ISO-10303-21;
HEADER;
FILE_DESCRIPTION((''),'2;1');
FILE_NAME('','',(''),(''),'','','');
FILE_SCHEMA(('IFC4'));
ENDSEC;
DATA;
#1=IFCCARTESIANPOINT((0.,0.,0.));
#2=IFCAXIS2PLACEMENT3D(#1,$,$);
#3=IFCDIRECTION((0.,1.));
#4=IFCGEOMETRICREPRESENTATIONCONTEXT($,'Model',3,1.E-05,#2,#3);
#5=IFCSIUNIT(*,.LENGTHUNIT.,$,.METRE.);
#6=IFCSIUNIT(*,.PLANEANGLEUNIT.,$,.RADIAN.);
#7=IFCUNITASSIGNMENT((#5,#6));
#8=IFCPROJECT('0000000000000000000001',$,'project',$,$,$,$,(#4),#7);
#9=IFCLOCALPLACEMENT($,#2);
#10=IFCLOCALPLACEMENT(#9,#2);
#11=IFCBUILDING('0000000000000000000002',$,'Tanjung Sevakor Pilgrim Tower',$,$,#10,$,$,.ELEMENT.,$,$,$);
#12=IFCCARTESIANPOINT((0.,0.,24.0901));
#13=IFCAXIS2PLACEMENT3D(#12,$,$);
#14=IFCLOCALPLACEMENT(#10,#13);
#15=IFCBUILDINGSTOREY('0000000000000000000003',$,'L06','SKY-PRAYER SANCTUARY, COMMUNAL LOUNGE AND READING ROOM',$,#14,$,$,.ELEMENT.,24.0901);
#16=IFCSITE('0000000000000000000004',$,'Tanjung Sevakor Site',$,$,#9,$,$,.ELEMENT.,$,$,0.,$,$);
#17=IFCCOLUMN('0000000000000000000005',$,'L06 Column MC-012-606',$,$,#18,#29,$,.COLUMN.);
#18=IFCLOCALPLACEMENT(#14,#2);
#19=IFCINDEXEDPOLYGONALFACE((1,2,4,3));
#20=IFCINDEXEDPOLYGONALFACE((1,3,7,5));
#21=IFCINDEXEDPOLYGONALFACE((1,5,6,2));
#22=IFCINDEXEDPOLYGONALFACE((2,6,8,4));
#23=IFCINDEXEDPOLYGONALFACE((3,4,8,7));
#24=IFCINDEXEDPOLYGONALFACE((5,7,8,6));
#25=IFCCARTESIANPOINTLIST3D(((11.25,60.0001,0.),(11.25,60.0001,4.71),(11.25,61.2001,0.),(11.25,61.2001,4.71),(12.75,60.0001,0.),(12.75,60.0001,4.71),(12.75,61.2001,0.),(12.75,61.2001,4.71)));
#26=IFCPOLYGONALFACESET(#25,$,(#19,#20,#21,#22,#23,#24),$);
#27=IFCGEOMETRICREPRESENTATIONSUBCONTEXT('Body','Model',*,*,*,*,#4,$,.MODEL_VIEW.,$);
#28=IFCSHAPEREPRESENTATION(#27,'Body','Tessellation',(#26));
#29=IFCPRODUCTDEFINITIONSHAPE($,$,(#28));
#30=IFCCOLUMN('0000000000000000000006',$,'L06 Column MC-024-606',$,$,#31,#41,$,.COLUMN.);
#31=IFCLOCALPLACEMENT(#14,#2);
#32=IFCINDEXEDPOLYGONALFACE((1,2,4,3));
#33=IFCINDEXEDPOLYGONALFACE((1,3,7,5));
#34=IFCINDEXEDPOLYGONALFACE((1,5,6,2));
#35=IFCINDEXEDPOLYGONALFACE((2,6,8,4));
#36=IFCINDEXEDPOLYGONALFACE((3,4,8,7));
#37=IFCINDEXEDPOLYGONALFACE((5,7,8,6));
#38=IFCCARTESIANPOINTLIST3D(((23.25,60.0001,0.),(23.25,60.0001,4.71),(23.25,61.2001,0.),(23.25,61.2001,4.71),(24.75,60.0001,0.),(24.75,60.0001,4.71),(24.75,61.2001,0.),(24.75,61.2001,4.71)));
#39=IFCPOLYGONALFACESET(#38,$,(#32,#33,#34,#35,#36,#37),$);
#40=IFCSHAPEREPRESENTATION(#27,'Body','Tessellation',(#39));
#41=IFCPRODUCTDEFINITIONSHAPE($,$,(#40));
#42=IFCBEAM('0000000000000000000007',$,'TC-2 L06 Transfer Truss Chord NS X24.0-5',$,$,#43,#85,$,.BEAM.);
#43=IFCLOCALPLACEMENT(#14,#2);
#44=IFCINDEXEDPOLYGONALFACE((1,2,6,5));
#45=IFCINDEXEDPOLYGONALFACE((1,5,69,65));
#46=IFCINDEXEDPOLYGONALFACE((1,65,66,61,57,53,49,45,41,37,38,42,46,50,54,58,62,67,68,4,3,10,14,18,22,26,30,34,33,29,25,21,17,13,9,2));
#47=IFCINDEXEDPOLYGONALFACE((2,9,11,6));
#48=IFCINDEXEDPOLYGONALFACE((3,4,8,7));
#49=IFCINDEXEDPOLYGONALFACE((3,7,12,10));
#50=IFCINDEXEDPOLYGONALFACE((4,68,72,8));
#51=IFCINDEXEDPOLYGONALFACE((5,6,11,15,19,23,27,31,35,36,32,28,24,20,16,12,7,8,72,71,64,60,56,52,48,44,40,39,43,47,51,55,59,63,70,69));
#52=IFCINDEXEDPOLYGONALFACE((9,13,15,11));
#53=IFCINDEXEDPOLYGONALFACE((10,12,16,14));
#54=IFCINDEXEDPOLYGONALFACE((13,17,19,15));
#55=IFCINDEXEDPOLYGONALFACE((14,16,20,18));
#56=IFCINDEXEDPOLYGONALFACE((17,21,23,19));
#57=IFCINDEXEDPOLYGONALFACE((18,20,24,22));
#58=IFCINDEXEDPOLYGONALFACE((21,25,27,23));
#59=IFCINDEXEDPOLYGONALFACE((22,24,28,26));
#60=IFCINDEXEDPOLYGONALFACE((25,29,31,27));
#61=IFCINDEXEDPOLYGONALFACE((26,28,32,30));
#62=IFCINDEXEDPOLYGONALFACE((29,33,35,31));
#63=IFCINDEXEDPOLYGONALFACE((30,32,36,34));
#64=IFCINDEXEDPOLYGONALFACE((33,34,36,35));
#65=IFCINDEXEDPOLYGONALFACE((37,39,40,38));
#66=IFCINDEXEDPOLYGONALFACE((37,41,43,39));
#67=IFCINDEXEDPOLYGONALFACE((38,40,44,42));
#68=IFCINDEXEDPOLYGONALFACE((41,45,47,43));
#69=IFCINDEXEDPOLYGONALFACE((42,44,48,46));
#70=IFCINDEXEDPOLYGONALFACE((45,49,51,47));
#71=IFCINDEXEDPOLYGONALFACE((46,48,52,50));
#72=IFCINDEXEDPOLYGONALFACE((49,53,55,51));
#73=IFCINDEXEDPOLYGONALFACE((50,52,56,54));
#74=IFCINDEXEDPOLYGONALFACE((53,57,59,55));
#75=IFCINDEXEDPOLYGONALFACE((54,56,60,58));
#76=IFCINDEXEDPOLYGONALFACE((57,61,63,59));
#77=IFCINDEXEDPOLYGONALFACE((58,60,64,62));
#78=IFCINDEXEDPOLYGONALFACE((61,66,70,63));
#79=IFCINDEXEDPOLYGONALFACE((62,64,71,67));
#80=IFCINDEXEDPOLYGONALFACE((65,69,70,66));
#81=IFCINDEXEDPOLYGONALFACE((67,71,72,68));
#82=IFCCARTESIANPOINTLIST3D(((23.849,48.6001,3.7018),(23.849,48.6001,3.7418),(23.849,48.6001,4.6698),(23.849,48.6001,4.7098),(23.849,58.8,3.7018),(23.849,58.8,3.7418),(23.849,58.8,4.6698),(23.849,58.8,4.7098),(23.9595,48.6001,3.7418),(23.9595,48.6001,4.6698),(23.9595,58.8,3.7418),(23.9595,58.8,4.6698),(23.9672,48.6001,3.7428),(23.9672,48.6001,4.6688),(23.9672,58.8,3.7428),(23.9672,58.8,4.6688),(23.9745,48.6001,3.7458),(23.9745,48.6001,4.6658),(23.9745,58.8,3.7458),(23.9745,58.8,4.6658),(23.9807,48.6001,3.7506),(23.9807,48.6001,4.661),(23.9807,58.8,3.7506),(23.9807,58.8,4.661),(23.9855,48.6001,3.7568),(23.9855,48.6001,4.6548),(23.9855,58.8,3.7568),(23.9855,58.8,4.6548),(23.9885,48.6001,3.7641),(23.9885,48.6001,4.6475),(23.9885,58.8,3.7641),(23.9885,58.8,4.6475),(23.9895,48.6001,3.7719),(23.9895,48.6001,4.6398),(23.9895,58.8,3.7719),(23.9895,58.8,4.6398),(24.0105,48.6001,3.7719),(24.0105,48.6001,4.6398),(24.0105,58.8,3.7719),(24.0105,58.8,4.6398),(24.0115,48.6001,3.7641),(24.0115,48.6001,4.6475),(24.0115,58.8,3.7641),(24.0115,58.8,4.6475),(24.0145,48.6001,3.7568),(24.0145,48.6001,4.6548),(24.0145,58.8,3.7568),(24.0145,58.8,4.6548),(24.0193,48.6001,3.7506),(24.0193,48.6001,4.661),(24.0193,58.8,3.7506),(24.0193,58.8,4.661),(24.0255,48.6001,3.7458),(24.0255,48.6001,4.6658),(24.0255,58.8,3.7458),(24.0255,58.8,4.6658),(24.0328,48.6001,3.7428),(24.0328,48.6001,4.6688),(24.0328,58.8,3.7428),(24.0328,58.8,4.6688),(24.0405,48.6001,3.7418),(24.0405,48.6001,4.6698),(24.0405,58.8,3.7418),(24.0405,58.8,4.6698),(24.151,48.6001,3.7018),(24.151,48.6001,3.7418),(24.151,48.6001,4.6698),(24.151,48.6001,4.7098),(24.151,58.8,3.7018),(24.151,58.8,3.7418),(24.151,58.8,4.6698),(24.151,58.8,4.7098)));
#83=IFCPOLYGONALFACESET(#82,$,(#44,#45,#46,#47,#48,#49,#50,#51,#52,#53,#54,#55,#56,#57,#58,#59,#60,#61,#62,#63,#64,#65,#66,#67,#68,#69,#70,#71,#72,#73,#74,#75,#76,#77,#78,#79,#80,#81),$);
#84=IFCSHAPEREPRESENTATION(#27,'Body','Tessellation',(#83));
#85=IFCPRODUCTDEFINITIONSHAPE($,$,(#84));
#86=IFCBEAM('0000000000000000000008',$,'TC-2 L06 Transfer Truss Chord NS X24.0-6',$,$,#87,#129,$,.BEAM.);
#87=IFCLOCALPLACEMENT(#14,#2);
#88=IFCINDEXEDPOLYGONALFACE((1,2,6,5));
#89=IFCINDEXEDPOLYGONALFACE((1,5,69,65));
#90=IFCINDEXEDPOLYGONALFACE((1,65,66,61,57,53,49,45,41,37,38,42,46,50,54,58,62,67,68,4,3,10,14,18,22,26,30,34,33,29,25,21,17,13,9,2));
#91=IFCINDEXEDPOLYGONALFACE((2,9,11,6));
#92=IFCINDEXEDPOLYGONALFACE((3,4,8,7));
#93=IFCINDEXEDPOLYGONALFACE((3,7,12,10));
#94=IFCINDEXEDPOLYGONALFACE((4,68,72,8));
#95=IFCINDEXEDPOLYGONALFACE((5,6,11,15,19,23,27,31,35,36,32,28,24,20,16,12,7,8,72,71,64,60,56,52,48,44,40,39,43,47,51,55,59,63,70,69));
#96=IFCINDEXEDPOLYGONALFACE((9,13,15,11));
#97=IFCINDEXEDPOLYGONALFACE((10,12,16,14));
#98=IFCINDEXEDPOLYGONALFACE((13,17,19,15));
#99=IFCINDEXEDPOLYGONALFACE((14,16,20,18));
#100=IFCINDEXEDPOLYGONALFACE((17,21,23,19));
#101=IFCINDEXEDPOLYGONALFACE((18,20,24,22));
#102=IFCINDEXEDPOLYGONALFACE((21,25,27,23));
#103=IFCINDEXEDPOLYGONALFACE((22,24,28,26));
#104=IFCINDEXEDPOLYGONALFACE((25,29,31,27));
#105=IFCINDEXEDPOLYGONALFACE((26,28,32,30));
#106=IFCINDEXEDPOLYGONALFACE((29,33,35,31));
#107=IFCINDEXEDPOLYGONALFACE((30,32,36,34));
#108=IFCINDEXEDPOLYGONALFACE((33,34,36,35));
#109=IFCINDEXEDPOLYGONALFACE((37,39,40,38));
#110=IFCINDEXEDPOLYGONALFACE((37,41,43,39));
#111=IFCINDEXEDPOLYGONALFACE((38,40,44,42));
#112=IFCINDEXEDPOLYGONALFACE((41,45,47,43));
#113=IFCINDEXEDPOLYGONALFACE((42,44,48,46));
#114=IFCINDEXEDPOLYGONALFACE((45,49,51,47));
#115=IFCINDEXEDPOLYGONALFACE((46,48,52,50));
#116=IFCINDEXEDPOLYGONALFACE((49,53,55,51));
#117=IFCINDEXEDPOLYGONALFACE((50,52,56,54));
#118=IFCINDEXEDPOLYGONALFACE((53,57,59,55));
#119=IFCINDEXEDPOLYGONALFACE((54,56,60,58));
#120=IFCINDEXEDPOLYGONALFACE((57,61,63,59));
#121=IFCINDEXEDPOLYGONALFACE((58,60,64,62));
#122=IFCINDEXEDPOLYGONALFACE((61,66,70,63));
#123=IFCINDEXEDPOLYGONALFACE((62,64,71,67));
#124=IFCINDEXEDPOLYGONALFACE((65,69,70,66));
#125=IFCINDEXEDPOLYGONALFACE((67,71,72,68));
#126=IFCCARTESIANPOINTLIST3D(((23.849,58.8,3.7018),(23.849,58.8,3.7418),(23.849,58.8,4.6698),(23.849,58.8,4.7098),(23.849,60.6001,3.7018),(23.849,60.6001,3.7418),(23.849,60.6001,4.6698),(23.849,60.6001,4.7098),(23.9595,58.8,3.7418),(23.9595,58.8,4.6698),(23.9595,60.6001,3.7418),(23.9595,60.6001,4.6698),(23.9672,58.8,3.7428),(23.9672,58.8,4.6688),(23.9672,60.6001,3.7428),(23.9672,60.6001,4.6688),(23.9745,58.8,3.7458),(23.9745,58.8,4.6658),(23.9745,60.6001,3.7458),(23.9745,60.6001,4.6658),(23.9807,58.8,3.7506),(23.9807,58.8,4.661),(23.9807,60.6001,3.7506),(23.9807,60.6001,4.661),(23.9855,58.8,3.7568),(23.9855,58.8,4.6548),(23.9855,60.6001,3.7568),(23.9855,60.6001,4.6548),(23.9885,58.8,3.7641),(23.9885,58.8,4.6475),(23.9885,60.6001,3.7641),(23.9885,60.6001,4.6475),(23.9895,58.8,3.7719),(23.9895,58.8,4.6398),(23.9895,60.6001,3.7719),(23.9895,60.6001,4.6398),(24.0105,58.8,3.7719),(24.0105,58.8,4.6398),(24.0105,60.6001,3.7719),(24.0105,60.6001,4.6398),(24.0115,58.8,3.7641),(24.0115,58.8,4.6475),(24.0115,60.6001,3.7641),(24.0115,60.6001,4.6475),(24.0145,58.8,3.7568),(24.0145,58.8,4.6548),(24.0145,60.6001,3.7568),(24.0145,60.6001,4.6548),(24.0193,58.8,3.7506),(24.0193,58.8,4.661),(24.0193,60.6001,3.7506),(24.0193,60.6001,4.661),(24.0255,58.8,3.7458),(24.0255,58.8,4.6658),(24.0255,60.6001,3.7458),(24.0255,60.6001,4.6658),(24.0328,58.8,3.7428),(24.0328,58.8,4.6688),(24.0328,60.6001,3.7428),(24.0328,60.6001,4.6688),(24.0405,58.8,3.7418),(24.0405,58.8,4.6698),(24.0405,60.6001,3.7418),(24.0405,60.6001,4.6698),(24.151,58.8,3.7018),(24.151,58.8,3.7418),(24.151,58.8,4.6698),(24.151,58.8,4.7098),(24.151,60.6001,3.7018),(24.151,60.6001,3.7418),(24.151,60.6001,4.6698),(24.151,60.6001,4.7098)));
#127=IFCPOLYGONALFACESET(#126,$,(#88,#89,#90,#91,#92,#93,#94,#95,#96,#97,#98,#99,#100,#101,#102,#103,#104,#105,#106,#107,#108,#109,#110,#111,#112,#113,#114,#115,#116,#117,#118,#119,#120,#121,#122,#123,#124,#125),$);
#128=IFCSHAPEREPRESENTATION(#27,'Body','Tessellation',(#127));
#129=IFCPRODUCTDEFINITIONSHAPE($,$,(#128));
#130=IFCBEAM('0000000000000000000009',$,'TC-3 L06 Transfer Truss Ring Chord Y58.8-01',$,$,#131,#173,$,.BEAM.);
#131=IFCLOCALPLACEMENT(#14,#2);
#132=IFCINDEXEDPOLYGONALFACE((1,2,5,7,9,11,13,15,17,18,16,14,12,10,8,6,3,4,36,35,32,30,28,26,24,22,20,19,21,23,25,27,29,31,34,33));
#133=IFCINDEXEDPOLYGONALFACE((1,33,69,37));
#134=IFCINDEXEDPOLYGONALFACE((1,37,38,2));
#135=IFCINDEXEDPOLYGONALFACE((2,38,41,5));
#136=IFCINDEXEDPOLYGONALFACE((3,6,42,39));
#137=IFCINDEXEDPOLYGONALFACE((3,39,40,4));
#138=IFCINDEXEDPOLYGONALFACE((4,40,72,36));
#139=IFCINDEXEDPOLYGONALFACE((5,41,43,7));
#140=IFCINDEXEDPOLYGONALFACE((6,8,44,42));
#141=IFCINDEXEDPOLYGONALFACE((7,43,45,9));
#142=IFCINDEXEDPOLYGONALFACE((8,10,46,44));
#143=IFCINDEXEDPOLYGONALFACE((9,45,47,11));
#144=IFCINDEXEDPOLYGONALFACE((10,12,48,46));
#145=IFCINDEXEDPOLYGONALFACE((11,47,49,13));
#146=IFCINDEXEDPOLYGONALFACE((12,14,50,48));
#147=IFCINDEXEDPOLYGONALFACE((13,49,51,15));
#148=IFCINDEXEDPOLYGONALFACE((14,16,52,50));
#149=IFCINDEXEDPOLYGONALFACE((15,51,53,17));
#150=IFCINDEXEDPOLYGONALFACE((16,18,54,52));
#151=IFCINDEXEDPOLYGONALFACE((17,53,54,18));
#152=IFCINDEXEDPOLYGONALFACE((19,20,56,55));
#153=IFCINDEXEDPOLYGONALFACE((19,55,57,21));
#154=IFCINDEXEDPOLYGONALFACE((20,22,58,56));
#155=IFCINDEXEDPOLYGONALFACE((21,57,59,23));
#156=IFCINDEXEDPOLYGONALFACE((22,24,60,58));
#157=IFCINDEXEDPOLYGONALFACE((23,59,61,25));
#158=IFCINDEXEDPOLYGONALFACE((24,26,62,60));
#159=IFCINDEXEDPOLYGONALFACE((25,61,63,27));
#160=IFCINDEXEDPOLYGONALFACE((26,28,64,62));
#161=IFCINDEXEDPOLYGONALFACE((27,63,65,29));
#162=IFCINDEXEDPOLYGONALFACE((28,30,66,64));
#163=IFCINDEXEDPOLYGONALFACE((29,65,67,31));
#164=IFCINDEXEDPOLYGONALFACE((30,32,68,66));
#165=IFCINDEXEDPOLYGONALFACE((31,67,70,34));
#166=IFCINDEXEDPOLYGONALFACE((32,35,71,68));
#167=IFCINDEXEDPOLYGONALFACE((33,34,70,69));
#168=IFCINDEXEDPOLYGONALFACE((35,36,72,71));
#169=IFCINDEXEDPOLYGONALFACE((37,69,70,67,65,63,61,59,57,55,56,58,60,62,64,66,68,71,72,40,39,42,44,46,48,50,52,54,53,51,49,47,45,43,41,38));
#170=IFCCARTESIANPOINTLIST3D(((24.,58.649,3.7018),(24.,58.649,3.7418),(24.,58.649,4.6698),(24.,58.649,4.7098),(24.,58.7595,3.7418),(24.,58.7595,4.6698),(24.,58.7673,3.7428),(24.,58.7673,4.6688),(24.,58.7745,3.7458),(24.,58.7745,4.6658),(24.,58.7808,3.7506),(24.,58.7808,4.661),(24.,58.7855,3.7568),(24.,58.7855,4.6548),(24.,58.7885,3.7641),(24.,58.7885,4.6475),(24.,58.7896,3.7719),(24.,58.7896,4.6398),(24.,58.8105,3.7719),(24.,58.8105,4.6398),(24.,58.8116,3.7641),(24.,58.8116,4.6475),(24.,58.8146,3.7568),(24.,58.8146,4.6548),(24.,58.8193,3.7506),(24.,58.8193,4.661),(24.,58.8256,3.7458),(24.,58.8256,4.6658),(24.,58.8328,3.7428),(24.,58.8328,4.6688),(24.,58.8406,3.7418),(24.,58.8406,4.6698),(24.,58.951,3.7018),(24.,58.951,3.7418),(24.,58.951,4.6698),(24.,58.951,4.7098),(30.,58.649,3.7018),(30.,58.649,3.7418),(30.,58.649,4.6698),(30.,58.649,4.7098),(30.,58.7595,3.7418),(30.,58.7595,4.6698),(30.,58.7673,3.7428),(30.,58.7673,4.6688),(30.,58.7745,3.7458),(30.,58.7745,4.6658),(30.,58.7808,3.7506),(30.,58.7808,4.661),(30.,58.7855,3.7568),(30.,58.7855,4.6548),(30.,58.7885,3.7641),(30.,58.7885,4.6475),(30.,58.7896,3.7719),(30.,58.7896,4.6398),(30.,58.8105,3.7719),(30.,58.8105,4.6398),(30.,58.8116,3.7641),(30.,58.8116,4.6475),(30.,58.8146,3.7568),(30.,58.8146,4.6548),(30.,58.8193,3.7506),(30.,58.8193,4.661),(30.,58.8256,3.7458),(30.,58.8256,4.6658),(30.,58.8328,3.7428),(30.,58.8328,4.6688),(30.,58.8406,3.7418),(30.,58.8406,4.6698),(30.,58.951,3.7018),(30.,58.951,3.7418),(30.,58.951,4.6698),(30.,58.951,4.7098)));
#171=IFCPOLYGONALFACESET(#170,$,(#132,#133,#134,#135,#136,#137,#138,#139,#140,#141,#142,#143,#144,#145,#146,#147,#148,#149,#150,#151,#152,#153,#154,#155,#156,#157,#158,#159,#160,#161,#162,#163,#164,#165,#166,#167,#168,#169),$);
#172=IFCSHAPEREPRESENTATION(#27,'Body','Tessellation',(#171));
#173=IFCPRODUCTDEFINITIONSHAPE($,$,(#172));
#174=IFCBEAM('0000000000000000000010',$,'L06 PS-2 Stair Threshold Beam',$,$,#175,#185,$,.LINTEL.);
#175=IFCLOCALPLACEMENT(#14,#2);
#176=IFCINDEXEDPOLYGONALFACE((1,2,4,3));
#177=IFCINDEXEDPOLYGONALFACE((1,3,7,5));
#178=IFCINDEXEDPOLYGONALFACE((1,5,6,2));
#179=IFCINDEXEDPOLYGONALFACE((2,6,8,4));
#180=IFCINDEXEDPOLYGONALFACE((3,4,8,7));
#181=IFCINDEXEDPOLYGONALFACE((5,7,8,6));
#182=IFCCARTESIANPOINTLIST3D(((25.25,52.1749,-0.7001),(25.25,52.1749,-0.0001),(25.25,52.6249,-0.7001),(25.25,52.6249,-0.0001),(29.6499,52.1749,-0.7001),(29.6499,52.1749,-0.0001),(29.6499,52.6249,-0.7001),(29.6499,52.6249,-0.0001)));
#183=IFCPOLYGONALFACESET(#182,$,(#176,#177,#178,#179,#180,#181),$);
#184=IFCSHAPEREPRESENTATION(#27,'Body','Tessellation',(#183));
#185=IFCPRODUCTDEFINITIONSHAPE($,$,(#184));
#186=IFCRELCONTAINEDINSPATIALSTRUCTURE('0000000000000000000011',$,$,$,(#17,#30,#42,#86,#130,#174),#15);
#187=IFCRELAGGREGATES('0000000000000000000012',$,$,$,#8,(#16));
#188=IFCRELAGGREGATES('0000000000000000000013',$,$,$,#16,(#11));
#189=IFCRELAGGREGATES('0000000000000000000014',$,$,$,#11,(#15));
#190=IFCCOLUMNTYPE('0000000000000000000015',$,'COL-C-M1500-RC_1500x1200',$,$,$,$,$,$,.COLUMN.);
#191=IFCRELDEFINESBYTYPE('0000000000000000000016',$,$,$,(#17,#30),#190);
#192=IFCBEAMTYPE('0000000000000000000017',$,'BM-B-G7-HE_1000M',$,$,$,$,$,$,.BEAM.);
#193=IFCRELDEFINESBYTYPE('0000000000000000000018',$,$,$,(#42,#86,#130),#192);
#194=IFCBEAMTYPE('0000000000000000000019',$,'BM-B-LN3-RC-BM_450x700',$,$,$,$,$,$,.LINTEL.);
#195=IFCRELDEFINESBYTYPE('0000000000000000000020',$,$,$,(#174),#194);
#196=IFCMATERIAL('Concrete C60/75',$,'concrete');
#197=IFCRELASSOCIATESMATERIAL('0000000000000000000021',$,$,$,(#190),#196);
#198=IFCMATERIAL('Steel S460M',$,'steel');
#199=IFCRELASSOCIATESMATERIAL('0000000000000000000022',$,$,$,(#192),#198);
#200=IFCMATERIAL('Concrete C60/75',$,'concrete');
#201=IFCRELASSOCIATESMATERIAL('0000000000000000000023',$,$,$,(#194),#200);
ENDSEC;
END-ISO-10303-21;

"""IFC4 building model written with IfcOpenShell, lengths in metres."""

from ifc_helpers import new_model, si_unit, direction, frame, origin, origin_2d, place, context, subcontext, project, spatial, rectangle, i_section, extrude, material, material_profile, profile_set, type_object, element, save


model = new_model("IFC4")

# Units and contexts
model_context = context("Model", 3, precision=1e-05, world=origin(), true_north=direction((0.0, 1.0)))
body_context = subcontext(model_context, "Body", "Model", "MODEL_VIEW")
ifc_project = project(units=[si_unit("LENGTHUNIT", "METRE"), si_unit("PLANEANGLEUNIT", "RADIAN")], contexts=[model_context])

# Site, building, storey
site_placement = place(None, origin())
site = spatial("IfcSite", under=ifc_project, at=site_placement, Name="Tanjung Sevakor Site", CompositionType="ELEMENT", RefElevation=0.0)
building_placement = place(site_placement, origin())
building = spatial("IfcBuilding", under=site, at=building_placement, Name="Tanjung Sevakor Pilgrim Tower", CompositionType="ELEMENT")
storey_placement = place(building_placement, frame((0.0, 0.0, 24.0901)))
storey = spatial("IfcBuildingStorey", under=building, at=storey_placement, Name="L06", Description="SKY-PRAYER SANCTUARY, COMMUNAL LOUNGE AND READING ROOM", CompositionType="ELEMENT", Elevation=24.0901)

# Columns
ifc_material_1 = material(Name="Concrete C60/75", Category="concrete")
ifc_material_profile_1 = material_profile(ifc_material_1, rectangle(XDim=1.5, YDim=1.2, at=origin_2d()))
ifc_profile_set_1 = profile_set([ifc_material_profile_1], Name="Concrete C60/75")
column_type = type_object("IfcColumnType", Name="COL-C-M1500-RC_1500x1200", PredefinedType="COLUMN", material=ifc_profile_set_1)
for number, where, z_axis, x_axis, name in (
    (1, (12.0, 60.6001, 0.0), (0.0, 0.0, 1.0), (1.0, 0.0, 0.0), "L06 Column MC-012-606"),
    (2, (24.0, 60.6001, 0.0), (0.0, 0.0, 1.0), (1.0, 0.0, 0.0), "L06 Column MC-024-606"),
):
    element("IfcColumn", number, at=place(storey_placement, frame(where, z_axis=z_axis, x_axis=x_axis)), inside=storey, type_object=column_type, Name=name, PredefinedType="COLUMN", context=body_context, shape_type="SweptSolid", body=[
        extrude(rectangle(XDim=1.5, YDim=1.2, at=origin_2d()), origin(), (0.0, 0.0, 1.0), 4.71),
    ])

# Beams
ifc_material_2 = material(Name="Steel S460M", Category="steel")
ifc_material_profile_2 = material_profile(ifc_material_2, i_section(OverallWidth=0.302, OverallDepth=1.0081, WebThickness=0.021, FlangeThickness=0.04, FilletRadius=0.03, at=origin_2d()))
ifc_profile_set_2 = profile_set([ifc_material_profile_2], Name="Steel S460M")
beam_type_1 = type_object("IfcBeamType", Name="BM-B-G7-HE_1000M", PredefinedType="BEAM", material=ifc_profile_set_2)
beam_1_placement = place(storey_placement, frame((24.0, 48.6001, 4.2058), z_axis=(0.0, 1.0, 0.0), x_axis=(-1.0, 0.0, 0.0)))
element("IfcBeam", 3, at=beam_1_placement, inside=storey, type_object=beam_type_1, Name="TC-2 L06 Transfer Truss Chord NS X24.0-5", PredefinedType="BEAM", context=body_context, shape_type="SweptSolid", body=[
    extrude(i_section(OverallWidth=0.302, OverallDepth=1.0081, WebThickness=0.021, FlangeThickness=0.04, FilletRadius=0.03, at=origin_2d()), origin(), (0.0, 0.0, 1.0), 10.2),
])
beam_2_placement = place(storey_placement, frame((24.0, 58.8, 4.2058), z_axis=(0.0, 1.0, 0.0), x_axis=(-1.0, 0.0, 0.0)))
element("IfcBeam", 4, at=beam_2_placement, inside=storey, type_object=beam_type_1, Name="TC-2 L06 Transfer Truss Chord NS X24.0-6", PredefinedType="BEAM", context=body_context, shape_type="SweptSolid", body=[
    extrude(i_section(OverallWidth=0.302, OverallDepth=1.0081, WebThickness=0.021, FlangeThickness=0.04, FilletRadius=0.03, at=origin_2d()), origin(), (0.0, 0.0, 1.0), 1.8),
])
beam_3_placement = place(storey_placement, frame((24.0, 58.8, 4.2058), z_axis=(1.0, 0.0, 0.0), x_axis=(0.0, 1.0, 0.0)))
element("IfcBeam", 5, at=beam_3_placement, inside=storey, type_object=beam_type_1, Name="TC-3 L06 Transfer Truss Ring Chord Y58.8-01", PredefinedType="BEAM", context=body_context, shape_type="SweptSolid", body=[
    extrude(i_section(OverallWidth=0.302, OverallDepth=1.0081, WebThickness=0.021, FlangeThickness=0.04, FilletRadius=0.03, at=origin_2d()), origin(), (0.0, 0.0, 1.0), 6.0),
])
ifc_material_3 = material(Name="Concrete C60/75", Category="concrete")
ifc_material_profile_3 = material_profile(ifc_material_3, rectangle(XDim=0.45, YDim=0.7, at=origin_2d()))
ifc_profile_set_3 = profile_set([ifc_material_profile_3], Name="Concrete C60/75")
beam_type_2 = type_object("IfcBeamType", Name="BM-B-LN3-RC-BM_450x700", PredefinedType="LINTEL", material=ifc_profile_set_3)
beam_4_placement = place(storey_placement, frame((25.25, 52.3999, -0.3501), z_axis=(1.0, 0.0, 0.0), x_axis=(0.0, 1.0, 0.0)))
element("IfcBeam", 6, at=beam_4_placement, inside=storey, type_object=beam_type_2, Name="L06 PS-2 Stair Threshold Beam", PredefinedType="LINTEL", context=body_context, shape_type="SweptSolid", body=[
    extrude(rectangle(XDim=0.45, YDim=0.7, at=origin_2d()), origin(), (0.0, 0.0, 1.0), 4.3999),
])

save(model, "model.ifc")
